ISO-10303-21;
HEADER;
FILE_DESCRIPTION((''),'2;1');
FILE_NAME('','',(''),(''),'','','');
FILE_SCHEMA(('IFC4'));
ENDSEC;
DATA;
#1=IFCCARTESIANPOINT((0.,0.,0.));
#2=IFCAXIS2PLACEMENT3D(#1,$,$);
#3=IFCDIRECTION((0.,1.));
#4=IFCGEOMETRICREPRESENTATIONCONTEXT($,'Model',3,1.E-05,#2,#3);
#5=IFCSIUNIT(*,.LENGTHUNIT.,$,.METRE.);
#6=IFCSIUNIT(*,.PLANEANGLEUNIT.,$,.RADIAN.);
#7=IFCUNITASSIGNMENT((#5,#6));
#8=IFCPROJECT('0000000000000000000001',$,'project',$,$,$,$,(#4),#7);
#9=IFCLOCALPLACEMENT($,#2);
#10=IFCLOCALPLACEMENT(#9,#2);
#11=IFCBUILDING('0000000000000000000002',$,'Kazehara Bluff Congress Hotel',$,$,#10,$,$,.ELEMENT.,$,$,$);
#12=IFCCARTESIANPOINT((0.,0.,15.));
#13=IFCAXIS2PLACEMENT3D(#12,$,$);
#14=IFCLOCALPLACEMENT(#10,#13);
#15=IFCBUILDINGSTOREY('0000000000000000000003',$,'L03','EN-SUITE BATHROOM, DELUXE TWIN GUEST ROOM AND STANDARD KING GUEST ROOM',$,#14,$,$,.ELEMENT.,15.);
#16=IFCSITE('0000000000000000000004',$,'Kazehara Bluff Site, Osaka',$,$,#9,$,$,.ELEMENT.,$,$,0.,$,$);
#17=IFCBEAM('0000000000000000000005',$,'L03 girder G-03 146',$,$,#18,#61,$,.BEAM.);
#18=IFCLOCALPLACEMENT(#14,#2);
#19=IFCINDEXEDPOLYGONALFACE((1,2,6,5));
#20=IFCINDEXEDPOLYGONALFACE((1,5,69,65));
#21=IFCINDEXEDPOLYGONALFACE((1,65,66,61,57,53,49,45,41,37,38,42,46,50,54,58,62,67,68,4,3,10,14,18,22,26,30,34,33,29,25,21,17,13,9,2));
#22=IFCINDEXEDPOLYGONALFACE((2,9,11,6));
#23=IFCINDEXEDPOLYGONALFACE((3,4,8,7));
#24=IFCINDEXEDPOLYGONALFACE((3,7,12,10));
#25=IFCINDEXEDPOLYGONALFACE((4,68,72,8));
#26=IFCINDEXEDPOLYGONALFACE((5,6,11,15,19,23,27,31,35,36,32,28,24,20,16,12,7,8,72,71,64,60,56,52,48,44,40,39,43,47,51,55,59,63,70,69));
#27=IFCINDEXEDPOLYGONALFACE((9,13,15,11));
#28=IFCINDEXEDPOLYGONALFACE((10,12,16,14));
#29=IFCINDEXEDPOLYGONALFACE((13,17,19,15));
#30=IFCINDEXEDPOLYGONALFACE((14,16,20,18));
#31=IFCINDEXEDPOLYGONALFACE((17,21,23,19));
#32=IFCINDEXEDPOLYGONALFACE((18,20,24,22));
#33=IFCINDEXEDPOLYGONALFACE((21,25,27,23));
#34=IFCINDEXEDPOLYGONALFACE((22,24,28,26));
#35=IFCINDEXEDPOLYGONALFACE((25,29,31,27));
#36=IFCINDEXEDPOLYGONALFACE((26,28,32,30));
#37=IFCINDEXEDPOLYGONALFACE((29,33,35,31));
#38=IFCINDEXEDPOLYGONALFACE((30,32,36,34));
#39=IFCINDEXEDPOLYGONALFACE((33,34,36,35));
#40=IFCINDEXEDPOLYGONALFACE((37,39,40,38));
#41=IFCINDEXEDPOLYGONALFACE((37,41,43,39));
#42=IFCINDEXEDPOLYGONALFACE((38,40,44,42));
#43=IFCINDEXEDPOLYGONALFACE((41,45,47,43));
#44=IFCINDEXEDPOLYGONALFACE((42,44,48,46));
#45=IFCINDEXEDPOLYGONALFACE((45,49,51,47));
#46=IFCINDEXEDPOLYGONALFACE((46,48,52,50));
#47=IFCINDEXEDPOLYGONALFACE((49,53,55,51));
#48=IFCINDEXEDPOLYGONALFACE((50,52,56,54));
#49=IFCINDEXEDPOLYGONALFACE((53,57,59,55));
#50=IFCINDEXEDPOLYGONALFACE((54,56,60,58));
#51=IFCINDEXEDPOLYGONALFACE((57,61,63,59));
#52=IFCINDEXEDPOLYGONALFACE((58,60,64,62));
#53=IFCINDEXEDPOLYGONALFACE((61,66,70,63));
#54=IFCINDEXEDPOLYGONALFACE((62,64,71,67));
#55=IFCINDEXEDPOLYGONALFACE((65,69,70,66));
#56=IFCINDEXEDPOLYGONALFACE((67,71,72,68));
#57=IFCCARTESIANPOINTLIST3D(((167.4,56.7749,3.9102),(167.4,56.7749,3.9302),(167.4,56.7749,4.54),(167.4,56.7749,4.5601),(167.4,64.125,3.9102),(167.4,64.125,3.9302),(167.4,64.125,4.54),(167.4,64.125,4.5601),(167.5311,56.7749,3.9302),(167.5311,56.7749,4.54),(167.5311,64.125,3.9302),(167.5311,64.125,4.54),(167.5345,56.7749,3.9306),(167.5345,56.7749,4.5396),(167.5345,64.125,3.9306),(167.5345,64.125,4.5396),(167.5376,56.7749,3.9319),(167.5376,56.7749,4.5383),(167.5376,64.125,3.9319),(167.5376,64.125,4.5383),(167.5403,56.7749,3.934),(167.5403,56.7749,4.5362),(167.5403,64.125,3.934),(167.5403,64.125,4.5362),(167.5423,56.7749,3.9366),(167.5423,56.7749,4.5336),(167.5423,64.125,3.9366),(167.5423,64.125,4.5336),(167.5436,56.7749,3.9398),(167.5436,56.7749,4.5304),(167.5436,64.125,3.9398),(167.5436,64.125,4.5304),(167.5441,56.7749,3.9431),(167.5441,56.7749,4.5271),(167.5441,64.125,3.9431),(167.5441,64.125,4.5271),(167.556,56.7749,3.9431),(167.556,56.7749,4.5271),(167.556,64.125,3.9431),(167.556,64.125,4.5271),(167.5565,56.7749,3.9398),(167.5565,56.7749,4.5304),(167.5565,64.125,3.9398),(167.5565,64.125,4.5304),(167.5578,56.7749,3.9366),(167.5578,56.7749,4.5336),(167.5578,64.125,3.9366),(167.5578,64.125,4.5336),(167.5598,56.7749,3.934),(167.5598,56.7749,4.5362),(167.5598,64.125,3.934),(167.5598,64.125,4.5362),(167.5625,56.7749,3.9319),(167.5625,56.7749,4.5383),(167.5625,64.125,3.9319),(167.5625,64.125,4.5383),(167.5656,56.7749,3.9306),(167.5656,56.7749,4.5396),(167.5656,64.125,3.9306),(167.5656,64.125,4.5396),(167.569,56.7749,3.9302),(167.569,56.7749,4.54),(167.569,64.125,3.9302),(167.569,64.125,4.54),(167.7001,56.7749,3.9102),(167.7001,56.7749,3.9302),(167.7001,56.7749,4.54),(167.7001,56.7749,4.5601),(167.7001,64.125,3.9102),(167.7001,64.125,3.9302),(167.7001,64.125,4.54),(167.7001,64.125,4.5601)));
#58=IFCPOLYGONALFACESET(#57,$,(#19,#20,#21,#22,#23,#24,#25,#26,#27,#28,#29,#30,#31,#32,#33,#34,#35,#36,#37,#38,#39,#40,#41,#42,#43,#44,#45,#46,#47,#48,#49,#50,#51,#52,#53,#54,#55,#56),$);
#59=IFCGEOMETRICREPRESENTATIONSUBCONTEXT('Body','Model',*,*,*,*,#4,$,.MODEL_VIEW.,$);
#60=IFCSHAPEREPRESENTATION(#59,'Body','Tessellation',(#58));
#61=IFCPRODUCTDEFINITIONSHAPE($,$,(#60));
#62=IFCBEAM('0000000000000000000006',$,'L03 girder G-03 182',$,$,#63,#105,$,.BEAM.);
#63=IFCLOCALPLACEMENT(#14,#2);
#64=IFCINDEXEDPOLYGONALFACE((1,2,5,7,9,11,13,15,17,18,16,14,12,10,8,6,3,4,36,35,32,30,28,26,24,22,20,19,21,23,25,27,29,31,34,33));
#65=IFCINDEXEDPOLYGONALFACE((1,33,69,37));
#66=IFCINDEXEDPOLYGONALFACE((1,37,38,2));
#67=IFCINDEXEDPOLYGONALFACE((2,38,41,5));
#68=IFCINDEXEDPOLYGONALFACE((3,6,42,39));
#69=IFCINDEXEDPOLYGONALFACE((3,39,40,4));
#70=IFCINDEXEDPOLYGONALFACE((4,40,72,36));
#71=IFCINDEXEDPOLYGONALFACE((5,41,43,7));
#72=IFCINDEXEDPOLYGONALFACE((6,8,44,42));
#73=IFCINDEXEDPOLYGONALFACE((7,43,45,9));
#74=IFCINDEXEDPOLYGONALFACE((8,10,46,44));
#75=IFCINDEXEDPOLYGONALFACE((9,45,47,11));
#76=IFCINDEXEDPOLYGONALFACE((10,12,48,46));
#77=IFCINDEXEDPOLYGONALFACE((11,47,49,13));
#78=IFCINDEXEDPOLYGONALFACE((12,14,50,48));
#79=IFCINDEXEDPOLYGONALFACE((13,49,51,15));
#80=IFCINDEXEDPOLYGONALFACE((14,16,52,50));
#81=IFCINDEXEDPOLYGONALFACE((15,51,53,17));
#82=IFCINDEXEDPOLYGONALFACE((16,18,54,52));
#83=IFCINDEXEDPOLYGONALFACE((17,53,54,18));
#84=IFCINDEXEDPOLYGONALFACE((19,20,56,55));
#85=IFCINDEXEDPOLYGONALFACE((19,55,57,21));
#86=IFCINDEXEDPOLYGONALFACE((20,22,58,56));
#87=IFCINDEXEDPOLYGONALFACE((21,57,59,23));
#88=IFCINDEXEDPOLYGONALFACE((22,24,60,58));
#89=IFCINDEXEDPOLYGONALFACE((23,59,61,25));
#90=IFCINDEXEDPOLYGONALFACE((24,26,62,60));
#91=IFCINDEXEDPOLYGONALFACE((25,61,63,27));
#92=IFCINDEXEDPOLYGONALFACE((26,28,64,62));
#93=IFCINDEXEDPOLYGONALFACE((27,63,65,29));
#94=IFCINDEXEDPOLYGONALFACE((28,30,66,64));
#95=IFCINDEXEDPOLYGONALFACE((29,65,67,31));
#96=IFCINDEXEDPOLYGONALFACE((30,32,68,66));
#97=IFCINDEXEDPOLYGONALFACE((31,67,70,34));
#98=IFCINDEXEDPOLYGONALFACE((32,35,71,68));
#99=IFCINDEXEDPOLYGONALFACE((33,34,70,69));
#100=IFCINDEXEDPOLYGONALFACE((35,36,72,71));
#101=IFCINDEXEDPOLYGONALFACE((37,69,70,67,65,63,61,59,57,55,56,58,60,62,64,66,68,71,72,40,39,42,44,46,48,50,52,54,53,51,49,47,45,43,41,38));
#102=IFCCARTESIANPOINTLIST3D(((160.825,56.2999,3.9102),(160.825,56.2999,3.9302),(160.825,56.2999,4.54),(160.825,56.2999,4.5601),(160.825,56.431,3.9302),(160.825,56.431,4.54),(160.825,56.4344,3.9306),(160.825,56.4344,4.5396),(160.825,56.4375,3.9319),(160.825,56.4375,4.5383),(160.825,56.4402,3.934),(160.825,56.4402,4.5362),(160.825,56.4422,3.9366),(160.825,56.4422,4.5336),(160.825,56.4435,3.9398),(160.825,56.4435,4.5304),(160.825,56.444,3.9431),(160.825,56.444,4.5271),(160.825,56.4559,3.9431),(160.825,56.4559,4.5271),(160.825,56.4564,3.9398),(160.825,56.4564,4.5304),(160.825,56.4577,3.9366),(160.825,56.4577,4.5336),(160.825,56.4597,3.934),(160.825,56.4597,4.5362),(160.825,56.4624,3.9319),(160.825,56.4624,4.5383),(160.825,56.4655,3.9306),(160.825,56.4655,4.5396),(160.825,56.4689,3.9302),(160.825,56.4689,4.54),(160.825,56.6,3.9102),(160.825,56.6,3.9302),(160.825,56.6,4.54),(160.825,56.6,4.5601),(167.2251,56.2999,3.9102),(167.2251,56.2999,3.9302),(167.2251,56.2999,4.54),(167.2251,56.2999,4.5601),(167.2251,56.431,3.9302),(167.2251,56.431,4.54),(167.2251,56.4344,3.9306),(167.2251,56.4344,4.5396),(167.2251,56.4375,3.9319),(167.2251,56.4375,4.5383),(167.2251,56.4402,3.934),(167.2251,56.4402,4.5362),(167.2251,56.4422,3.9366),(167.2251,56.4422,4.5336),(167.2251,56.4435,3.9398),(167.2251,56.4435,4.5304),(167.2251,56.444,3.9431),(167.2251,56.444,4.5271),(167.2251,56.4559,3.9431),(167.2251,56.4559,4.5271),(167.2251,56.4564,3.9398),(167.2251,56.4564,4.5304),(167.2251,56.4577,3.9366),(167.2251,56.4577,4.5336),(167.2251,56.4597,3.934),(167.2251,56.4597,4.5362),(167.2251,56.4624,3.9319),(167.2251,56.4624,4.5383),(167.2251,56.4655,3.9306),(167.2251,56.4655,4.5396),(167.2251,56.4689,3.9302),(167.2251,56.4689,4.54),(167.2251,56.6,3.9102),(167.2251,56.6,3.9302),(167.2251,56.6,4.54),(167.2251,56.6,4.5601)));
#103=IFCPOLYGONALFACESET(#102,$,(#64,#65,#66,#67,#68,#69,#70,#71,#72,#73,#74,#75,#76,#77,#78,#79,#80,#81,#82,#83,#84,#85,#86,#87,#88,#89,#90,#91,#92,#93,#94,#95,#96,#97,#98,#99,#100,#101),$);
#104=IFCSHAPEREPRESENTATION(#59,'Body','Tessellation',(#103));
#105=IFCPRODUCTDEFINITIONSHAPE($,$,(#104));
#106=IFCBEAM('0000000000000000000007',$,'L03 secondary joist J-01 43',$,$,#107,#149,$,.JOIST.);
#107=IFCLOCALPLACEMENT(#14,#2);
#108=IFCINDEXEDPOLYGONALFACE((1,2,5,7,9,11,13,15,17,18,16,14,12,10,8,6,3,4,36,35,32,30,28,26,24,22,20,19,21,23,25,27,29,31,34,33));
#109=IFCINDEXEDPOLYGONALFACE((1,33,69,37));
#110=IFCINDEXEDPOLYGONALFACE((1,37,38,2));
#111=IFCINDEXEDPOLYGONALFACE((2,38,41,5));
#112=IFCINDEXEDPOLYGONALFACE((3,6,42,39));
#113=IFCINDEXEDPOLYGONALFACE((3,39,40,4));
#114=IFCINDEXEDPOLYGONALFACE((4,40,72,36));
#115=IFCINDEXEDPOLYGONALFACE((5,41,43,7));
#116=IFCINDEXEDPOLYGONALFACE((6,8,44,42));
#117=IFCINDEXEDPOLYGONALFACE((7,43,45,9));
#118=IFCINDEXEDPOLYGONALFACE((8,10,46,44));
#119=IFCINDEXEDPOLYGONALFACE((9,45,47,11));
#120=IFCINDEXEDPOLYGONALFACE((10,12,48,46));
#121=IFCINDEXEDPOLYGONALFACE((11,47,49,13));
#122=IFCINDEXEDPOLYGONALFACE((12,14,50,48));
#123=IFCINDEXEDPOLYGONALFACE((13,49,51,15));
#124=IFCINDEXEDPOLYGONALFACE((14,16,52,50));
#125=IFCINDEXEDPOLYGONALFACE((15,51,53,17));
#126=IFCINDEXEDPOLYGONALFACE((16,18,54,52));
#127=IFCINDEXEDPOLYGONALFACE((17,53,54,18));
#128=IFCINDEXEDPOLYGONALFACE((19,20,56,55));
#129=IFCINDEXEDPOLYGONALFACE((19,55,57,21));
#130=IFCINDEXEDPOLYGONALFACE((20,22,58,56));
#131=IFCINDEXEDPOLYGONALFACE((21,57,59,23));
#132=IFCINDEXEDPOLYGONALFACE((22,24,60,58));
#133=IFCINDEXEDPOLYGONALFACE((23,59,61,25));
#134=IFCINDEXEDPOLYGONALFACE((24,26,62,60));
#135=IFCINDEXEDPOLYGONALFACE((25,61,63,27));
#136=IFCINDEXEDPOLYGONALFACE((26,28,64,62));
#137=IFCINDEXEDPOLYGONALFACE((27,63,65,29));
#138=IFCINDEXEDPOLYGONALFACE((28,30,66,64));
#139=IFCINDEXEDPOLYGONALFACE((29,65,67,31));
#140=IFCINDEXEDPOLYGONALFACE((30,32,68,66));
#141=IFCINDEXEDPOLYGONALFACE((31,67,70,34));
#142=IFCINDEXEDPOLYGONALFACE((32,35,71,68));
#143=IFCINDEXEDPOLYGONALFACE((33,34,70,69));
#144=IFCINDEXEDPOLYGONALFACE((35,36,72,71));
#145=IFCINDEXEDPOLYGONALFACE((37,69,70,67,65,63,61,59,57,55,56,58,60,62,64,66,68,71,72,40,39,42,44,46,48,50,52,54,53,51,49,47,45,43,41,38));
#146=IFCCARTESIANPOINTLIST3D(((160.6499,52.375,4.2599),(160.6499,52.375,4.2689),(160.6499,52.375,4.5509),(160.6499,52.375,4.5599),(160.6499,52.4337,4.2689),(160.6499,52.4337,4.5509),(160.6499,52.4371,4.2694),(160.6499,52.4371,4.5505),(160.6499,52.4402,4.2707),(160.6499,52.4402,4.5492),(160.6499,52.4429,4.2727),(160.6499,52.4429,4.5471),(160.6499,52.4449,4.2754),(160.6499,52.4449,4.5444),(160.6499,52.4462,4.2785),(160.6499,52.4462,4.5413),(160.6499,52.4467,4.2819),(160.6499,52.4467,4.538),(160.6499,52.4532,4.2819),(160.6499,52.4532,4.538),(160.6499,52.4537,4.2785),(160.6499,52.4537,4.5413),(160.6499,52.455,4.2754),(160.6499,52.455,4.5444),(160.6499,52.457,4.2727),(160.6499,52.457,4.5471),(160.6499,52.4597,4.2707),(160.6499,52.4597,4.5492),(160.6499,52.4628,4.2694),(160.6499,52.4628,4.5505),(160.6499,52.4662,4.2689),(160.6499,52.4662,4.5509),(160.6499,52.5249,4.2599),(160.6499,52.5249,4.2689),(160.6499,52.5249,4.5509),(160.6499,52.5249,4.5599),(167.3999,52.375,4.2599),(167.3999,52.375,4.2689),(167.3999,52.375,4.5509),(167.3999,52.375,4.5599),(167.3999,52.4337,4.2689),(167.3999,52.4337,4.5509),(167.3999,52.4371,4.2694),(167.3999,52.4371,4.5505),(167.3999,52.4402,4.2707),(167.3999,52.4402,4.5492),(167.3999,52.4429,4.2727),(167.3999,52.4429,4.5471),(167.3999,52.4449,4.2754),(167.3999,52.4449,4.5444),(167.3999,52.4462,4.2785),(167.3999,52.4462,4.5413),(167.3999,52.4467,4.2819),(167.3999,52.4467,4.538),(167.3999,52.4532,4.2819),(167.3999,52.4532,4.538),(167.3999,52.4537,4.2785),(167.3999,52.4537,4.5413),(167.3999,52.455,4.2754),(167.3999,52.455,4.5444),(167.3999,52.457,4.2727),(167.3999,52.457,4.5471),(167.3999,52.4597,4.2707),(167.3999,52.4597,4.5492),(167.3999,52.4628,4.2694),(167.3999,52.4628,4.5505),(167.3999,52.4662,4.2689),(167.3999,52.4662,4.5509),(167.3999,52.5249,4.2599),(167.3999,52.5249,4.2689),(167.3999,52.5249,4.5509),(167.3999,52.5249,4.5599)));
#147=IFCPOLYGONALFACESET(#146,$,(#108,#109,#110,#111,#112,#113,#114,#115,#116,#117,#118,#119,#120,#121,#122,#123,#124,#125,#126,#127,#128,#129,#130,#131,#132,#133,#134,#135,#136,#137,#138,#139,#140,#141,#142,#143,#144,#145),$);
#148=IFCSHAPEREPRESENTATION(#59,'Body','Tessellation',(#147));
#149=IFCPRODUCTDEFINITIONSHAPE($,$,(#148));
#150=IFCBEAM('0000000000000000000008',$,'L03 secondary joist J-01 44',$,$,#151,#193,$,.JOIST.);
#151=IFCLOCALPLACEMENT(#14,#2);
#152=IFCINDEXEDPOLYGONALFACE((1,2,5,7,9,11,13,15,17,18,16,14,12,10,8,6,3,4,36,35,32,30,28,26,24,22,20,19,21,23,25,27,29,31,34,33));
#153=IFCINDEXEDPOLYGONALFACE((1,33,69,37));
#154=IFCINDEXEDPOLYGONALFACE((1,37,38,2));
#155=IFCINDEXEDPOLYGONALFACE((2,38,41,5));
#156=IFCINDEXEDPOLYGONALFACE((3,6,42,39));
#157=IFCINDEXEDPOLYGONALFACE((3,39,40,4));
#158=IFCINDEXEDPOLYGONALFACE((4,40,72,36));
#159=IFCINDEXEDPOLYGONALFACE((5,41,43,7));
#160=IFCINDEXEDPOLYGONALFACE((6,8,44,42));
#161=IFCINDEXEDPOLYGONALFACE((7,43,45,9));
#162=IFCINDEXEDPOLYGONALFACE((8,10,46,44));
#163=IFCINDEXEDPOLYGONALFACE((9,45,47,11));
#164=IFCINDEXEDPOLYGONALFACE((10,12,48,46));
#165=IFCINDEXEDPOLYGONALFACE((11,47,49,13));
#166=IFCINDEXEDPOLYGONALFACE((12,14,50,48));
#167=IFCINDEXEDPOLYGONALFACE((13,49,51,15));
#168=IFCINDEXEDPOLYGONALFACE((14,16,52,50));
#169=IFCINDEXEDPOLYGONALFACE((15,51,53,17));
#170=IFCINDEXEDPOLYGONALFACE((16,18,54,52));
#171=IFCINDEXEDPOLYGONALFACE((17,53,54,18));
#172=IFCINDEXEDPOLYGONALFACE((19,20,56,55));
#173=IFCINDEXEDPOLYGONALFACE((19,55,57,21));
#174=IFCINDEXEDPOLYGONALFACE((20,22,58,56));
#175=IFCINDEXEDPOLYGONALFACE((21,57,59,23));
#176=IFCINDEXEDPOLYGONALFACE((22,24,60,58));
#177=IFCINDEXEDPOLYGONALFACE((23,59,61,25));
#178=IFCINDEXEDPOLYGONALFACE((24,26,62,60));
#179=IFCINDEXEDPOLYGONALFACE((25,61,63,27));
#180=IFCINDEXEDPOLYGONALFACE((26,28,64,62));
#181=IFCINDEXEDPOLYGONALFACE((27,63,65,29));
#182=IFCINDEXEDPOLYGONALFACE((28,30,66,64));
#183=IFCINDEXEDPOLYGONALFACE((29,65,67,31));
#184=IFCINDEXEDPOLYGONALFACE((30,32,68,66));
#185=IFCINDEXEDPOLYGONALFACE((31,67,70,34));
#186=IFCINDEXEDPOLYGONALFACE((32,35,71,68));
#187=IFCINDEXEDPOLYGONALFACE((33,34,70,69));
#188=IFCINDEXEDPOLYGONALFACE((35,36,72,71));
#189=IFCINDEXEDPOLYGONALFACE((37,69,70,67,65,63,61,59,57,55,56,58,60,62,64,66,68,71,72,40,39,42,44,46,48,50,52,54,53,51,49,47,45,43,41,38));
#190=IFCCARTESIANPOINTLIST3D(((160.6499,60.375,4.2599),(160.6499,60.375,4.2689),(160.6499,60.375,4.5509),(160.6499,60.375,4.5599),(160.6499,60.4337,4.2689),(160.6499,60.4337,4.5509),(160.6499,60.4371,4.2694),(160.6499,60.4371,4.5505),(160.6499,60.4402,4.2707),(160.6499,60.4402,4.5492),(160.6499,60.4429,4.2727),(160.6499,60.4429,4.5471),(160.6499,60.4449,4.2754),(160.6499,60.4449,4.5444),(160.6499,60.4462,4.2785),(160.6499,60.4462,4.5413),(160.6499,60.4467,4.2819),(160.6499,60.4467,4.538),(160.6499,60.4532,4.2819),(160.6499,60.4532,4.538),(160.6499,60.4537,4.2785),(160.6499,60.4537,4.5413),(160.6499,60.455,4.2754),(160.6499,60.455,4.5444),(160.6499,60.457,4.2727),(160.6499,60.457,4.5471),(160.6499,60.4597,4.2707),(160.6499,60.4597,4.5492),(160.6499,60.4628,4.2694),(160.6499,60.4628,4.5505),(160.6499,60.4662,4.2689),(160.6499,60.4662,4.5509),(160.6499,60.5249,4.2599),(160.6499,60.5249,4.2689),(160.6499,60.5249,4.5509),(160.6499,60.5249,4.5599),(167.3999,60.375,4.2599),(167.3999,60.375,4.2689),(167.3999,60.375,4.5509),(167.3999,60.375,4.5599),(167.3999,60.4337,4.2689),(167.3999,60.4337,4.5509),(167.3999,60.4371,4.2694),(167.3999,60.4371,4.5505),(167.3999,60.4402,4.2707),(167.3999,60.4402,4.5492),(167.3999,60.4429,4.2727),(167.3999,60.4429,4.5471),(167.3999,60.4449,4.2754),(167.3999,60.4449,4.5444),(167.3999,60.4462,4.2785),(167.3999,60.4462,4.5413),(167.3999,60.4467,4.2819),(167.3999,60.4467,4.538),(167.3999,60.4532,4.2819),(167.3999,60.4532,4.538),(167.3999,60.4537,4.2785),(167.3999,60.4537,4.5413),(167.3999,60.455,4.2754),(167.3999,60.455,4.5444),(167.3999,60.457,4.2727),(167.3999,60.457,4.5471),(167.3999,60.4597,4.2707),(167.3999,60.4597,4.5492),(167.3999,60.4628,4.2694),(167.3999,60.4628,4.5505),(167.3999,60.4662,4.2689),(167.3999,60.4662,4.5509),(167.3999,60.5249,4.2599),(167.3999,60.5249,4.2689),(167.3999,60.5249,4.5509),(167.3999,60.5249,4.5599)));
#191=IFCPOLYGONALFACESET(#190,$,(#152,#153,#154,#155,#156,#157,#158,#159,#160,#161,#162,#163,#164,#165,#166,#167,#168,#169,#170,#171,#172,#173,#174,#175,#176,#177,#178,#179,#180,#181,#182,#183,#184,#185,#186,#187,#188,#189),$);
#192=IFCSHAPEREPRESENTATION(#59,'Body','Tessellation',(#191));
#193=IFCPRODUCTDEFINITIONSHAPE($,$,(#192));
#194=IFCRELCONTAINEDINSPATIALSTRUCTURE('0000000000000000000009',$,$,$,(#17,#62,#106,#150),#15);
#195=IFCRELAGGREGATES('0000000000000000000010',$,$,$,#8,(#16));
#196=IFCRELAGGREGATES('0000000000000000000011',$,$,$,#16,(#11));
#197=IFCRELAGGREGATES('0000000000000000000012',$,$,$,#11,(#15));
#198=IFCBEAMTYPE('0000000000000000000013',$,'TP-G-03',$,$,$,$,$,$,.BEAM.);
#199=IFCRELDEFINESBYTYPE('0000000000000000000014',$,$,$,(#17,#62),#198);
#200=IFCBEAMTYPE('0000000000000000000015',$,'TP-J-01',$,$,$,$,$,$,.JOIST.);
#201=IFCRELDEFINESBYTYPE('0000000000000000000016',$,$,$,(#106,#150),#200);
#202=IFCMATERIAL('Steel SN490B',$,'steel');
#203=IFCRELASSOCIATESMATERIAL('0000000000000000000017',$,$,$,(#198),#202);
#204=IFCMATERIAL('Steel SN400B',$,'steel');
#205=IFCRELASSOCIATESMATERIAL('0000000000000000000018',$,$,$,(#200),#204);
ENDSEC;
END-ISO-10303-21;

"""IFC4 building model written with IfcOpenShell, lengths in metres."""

from ifc_helpers import new_model, si_unit, direction, frame, origin, origin_2d, place, context, subcontext, project, spatial, i_section, extrude, material, material_profile, profile_set, type_object, element, save


model = new_model("IFC4")

# Units and contexts
model_context = context("Model", 3, precision=1e-05, world=origin(), true_north=direction((0.0, 1.0)))
body_context = subcontext(model_context, "Body", "Model", "MODEL_VIEW")
ifc_project = project(units=[si_unit("LENGTHUNIT", "METRE"), si_unit("PLANEANGLEUNIT", "RADIAN")], contexts=[model_context])

# Site, building, storey
site_placement = place(None, origin())
site = spatial("IfcSite", under=ifc_project, at=site_placement, Name="Kazehara Bluff Site, Osaka", CompositionType="ELEMENT", RefElevation=0.0)
building_placement = place(site_placement, origin())
building = spatial("IfcBuilding", under=site, at=building_placement, Name="Kazehara Bluff Congress Hotel", CompositionType="ELEMENT")
storey_placement = place(building_placement, frame((0.0, 0.0, 15.0)))
storey = spatial("IfcBuildingStorey", under=building, at=storey_placement, Name="L03", Description="EN-SUITE BATHROOM, DELUXE TWIN GUEST ROOM AND STANDARD KING GUEST ROOM", CompositionType="ELEMENT", Elevation=15.0)

# Beams
ifc_material_1 = material(Name="Steel SN490B", Category="steel")
ifc_material_profile_1 = material_profile(ifc_material_1, i_section(OverallWidth=0.3, OverallDepth=0.6499, WebThickness=0.012, FlangeThickness=0.02, FilletRadius=0.0129, at=origin_2d()))
ifc_profile_set_1 = profile_set([ifc_material_profile_1], Name="Steel SN490B")
beam_type_1 = type_object("IfcBeamType", Name="TP-G-03", PredefinedType="BEAM", material=ifc_profile_set_1)
for number, where, z_axis, x_axis, name in (
    (1, (167.55, 56.7749, 4.2351), (0.0, 1.0, 0.0), (-1.0, 0.0, 0.0), "L03 girder G-03 146"),
):
    element("IfcBeam", number, at=place(storey_placement, frame(where, z_axis=z_axis, x_axis=x_axis)), inside=storey, type_object=beam_type_1, Name=name, PredefinedType="BEAM", context=body_context, shape_type="SweptSolid", body=[
        extrude(i_section(OverallWidth=0.3, OverallDepth=0.6499, WebThickness=0.012, FlangeThickness=0.02, FilletRadius=0.0129, at=origin_2d()), origin(), (0.0, 0.0, 1.0), 7.3501),
    ])
beam_placement = place(storey_placement, frame((160.825, 56.45, 4.2351), z_axis=(1.0, 0.0, 0.0), x_axis=(0.0, 1.0, 0.0)))
element("IfcBeam", 2, at=beam_placement, inside=storey, type_object=beam_type_1, Name="L03 girder G-03 182", PredefinedType="BEAM", context=body_context, shape_type="SweptSolid", body=[
    extrude(i_section(OverallWidth=0.3, OverallDepth=0.6499, WebThickness=0.012, FlangeThickness=0.02, FilletRadius=0.0129, at=origin_2d()), origin(), (0.0, 0.0, 1.0), 6.4001),
])
ifc_material_2 = material(Name="Steel SN400B", Category="steel")
ifc_material_profile_2 = material_profile(ifc_material_2, i_section(OverallWidth=0.1499, OverallDepth=0.3, WebThickness=0.0066, FlangeThickness=0.009, FilletRadius=0.0129, at=origin_2d()))
ifc_profile_set_2 = profile_set([ifc_material_profile_2], Name="Steel SN400B")
beam_type_2 = type_object("IfcBeamType", Name="TP-J-01", PredefinedType="JOIST", material=ifc_profile_set_2)
for number, where, z_axis, x_axis, name in (
    (3, (160.6499, 52.45, 4.4099), (1.0, 0.0, 0.0), (0.0, 1.0, 0.0), "L03 secondary joist J-01 43"),
    (4, (160.6499, 60.45, 4.4099), (1.0, 0.0, 0.0), (0.0, 1.0, 0.0), "L03 secondary joist J-01 44"),
):
    element("IfcBeam", number, at=place(storey_placement, frame(where, z_axis=z_axis, x_axis=x_axis)), inside=storey, type_object=beam_type_2, Name=name, PredefinedType="JOIST", context=body_context, shape_type="SweptSolid", body=[
        extrude(i_section(OverallWidth=0.1499, OverallDepth=0.3, WebThickness=0.0066, FlangeThickness=0.009, FilletRadius=0.0129, at=origin_2d()), origin(), (0.0, 0.0, 1.0), 6.75),
    ])

save(model, "model.ifc")
